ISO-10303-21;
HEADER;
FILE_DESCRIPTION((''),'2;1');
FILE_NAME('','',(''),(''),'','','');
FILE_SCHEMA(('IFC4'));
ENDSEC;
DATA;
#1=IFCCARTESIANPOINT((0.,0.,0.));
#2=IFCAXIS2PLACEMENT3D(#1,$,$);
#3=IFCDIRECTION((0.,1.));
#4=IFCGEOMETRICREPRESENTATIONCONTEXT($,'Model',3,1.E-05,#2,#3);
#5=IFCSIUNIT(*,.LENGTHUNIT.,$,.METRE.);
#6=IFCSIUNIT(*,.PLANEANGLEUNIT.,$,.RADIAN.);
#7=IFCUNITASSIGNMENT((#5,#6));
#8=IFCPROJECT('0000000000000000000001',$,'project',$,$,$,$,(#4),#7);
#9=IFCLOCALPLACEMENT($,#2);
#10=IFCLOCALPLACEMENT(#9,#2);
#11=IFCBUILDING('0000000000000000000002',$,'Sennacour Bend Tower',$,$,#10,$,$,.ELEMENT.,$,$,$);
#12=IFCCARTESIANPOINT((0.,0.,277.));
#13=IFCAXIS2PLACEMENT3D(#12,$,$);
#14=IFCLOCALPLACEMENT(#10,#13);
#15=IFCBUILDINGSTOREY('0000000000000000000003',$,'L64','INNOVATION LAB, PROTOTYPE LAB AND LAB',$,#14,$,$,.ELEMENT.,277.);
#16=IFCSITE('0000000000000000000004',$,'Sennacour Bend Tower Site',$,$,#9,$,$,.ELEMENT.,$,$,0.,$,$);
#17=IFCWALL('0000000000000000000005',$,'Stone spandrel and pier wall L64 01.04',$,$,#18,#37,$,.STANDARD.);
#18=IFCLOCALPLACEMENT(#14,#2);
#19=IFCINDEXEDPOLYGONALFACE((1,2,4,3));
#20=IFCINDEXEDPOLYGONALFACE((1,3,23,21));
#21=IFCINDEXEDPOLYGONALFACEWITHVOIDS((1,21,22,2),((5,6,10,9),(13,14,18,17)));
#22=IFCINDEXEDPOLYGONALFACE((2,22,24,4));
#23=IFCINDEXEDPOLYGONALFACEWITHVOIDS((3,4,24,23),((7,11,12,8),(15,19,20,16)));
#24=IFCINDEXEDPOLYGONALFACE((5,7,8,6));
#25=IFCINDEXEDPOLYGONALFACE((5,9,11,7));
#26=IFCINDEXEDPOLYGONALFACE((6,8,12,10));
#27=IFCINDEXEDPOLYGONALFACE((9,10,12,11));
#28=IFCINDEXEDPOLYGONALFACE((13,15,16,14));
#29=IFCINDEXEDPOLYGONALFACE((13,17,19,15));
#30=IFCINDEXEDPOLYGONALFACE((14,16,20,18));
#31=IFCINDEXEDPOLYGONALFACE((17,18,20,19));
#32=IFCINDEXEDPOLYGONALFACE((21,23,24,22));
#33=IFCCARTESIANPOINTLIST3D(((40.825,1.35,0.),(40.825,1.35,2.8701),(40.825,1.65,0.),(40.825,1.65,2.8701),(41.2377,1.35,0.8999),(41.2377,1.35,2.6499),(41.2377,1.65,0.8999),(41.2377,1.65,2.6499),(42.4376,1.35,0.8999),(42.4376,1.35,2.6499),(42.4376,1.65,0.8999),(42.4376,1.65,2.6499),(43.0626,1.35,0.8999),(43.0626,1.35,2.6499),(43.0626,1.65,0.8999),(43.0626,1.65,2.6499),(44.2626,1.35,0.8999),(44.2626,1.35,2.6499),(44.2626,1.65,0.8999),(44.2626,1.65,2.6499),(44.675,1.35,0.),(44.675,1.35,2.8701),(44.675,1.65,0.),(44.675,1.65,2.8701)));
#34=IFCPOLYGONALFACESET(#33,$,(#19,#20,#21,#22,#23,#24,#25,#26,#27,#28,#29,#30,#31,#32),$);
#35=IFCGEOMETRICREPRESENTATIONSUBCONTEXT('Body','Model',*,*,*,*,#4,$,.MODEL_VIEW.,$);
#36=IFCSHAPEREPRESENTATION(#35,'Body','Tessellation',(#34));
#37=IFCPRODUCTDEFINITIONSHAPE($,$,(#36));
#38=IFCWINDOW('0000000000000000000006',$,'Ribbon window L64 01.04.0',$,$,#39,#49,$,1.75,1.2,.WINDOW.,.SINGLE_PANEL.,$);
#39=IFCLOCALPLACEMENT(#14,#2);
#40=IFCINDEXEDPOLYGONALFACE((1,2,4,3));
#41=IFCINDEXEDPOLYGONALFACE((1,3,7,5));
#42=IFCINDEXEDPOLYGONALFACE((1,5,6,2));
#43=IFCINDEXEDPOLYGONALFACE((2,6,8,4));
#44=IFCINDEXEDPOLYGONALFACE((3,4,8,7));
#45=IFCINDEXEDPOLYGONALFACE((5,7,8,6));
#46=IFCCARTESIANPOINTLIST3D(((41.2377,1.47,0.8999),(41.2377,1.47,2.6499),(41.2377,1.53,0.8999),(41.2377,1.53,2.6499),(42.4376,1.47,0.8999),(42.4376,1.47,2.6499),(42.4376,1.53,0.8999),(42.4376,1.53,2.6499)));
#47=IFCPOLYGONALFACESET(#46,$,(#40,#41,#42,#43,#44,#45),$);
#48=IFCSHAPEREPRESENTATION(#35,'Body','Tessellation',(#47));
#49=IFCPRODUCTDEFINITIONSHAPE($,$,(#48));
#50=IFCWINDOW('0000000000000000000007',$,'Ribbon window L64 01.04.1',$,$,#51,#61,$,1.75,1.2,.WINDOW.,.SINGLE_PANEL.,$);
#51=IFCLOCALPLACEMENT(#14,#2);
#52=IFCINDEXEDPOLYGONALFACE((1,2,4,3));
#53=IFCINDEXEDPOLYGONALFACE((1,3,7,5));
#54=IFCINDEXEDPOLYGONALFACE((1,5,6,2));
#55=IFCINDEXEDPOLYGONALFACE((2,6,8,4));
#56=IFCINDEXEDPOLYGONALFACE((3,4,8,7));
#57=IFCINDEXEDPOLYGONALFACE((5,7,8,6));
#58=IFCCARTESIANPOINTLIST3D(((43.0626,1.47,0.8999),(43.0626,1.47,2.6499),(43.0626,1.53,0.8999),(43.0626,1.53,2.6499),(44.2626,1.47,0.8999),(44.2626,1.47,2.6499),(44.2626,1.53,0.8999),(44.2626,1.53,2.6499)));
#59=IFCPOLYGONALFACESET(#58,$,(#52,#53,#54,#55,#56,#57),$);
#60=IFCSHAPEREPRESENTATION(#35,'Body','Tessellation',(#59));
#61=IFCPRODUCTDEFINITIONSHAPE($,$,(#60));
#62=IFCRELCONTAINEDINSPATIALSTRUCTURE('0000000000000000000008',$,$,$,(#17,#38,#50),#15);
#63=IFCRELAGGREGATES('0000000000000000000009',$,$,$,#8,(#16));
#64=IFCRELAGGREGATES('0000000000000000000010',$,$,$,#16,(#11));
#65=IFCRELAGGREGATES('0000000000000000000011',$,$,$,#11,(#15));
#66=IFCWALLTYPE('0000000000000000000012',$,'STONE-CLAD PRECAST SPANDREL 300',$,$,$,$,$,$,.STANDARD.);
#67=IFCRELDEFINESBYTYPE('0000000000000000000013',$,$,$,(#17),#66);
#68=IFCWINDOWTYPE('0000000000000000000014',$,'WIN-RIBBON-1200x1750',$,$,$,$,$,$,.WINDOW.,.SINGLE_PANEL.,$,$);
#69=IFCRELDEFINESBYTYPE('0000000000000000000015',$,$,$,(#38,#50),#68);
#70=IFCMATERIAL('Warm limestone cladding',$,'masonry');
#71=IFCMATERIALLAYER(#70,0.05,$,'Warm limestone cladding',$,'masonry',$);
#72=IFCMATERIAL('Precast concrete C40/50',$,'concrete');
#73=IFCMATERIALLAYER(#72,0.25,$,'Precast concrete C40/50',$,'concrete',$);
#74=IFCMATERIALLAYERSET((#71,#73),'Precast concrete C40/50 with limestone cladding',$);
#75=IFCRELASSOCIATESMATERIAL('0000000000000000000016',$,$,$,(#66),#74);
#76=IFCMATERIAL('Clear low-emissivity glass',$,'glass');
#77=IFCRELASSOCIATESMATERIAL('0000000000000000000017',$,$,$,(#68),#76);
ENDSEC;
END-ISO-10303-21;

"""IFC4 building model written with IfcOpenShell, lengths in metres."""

from ifc_helpers import new_model, si_unit, direction, frame, frame_2d, origin, place, context, subcontext, project, spatial, rectangle, extrude, material, layer, layer_set, type_object, element, fill, save


model = new_model("IFC4")

# Units and contexts
model_context = context("Model", 3, precision=1e-05, world=origin(), true_north=direction((0.0, 1.0)))
body_context = subcontext(model_context, "Body", "Model", "MODEL_VIEW")
ifc_project = project(units=[si_unit("LENGTHUNIT", "METRE"), si_unit("PLANEANGLEUNIT", "RADIAN")], contexts=[model_context])

# Site, building, storey
site_placement = place(None, origin())
site = spatial("IfcSite", under=ifc_project, at=site_placement, Name="Sennacour Bend Tower Site", CompositionType="ELEMENT", RefElevation=0.0)
building_placement = place(site_placement, origin())
building = spatial("IfcBuilding", under=site, at=building_placement, Name="Sennacour Bend Tower", CompositionType="ELEMENT")
storey_placement = place(building_placement, frame((0.0, 0.0, 277.0)))
storey = spatial("IfcBuildingStorey", under=building, at=storey_placement, Name="L64", Description="INNOVATION LAB, PROTOTYPE LAB AND LAB", CompositionType="ELEMENT", Elevation=277.0)

# Wall, openings, windows
ifc_material_1 = material(Name="Warm limestone cladding", Category="masonry")
ifc_layer_1 = layer(ifc_material_1, 0.05, Name="Warm limestone cladding", Category="masonry")
ifc_material_2 = material(Name="Precast concrete C40/50", Category="concrete")
ifc_layer_2 = layer(ifc_material_2, 0.25, Name="Precast concrete C40/50", Category="concrete")
ifc_layer_set_1 = layer_set([ifc_layer_1, ifc_layer_2], Name="Precast concrete C40/50 with limestone cladding")
wall_type_1 = type_object("IfcWallType", Name="STONE-CLAD PRECAST SPANDREL 300", PredefinedType="STANDARD", material=ifc_layer_set_1)
ifc_material_3 = material(Name="Clear low-emissivity glass", Category="glass")
window_type = type_object("IfcWindowType", Name="WIN-RIBBON-1200x1750", PartitioningType="SINGLE_PANEL", PredefinedType="WINDOW", material=ifc_material_3)
wall_1_placement = place(storey_placement, frame((40.825, 1.5, 0.0), z_axis=(0.0, 0.0, 1.0), x_axis=(1.0, 0.0, 0.0)))
wall_1 = element("IfcWall", 1, at=wall_1_placement, inside=storey, type_object=wall_type_1, Name="Stone spandrel and pier wall L64 01.04", PredefinedType="STANDARD", context=body_context, shape_type="SweptSolid", body=[
    extrude(rectangle(XDim=3.8501, YDim=0.3, at=frame_2d((1.925, 0.0))), origin(), (0.0, 0.0, 1.0), 2.8701),
])
opening_1_placement = place(wall_1_placement, frame((0.4126, 0.0, 0.8999)))
opening_1 = element("IfcOpeningElement", 2, at=opening_1_placement, cuts=wall_1, PredefinedType="OPENING", context=body_context, shape_type="SweptSolid", body=[
    extrude(rectangle(XDim=1.2, YDim=1.75, at=frame_2d((0.6001, 0.875))), frame((0.0, 0.1602, 0.0), z_axis=(0.0, -1.0, 0.0), x_axis=(1.0, 0.0, 0.0)), (0.0, 0.0, 1.0), 0.3201),
])
opening_2_placement = place(wall_1_placement, frame((2.2375, 0.0, 0.8999)))
opening_2 = element("IfcOpeningElement", 3, at=opening_2_placement, cuts=wall_1, PredefinedType="OPENING", context=body_context, shape_type="SweptSolid", body=[
    extrude(rectangle(XDim=1.2, YDim=1.75, at=frame_2d((0.6001, 0.875))), frame((0.0, 0.1602, 0.0), z_axis=(0.0, -1.0, 0.0), x_axis=(1.0, 0.0, 0.0)), (0.0, 0.0, 1.0), 0.3201),
])
window_1_placement = place(opening_1_placement, origin())
window_1 = element("IfcWindow", 4, at=window_1_placement, inside=storey, type_object=window_type, Name="Ribbon window L64 01.04.0", OverallHeight=1.75, OverallWidth=1.2, PartitioningType="SINGLE_PANEL", PredefinedType="WINDOW", context=body_context, shape_type="SweptSolid", body=[
    extrude(rectangle(XDim=1.2, YDim=1.75, at=frame_2d((0.6001, 0.875))), frame((0.0, 0.03, 0.0), z_axis=(0.0, -1.0, 0.0), x_axis=(1.0, 0.0, 0.0)), (0.0, 0.0, 1.0), 0.0601),
])
fill(opening_1, window_1)
window_2_placement = place(opening_2_placement, origin())
window_2 = element("IfcWindow", 5, at=window_2_placement, inside=storey, type_object=window_type, Name="Ribbon window L64 01.04.1", OverallHeight=1.75, OverallWidth=1.2, PartitioningType="SINGLE_PANEL", PredefinedType="WINDOW", context=body_context, shape_type="SweptSolid", body=[
    extrude(rectangle(XDim=1.2, YDim=1.75, at=frame_2d((0.6001, 0.875))), frame((0.0, 0.03, 0.0), z_axis=(0.0, -1.0, 0.0), x_axis=(1.0, 0.0, 0.0)), (0.0, 0.0, 1.0), 0.0601),
])
fill(opening_2, window_2)

save(model, "model.ifc")
